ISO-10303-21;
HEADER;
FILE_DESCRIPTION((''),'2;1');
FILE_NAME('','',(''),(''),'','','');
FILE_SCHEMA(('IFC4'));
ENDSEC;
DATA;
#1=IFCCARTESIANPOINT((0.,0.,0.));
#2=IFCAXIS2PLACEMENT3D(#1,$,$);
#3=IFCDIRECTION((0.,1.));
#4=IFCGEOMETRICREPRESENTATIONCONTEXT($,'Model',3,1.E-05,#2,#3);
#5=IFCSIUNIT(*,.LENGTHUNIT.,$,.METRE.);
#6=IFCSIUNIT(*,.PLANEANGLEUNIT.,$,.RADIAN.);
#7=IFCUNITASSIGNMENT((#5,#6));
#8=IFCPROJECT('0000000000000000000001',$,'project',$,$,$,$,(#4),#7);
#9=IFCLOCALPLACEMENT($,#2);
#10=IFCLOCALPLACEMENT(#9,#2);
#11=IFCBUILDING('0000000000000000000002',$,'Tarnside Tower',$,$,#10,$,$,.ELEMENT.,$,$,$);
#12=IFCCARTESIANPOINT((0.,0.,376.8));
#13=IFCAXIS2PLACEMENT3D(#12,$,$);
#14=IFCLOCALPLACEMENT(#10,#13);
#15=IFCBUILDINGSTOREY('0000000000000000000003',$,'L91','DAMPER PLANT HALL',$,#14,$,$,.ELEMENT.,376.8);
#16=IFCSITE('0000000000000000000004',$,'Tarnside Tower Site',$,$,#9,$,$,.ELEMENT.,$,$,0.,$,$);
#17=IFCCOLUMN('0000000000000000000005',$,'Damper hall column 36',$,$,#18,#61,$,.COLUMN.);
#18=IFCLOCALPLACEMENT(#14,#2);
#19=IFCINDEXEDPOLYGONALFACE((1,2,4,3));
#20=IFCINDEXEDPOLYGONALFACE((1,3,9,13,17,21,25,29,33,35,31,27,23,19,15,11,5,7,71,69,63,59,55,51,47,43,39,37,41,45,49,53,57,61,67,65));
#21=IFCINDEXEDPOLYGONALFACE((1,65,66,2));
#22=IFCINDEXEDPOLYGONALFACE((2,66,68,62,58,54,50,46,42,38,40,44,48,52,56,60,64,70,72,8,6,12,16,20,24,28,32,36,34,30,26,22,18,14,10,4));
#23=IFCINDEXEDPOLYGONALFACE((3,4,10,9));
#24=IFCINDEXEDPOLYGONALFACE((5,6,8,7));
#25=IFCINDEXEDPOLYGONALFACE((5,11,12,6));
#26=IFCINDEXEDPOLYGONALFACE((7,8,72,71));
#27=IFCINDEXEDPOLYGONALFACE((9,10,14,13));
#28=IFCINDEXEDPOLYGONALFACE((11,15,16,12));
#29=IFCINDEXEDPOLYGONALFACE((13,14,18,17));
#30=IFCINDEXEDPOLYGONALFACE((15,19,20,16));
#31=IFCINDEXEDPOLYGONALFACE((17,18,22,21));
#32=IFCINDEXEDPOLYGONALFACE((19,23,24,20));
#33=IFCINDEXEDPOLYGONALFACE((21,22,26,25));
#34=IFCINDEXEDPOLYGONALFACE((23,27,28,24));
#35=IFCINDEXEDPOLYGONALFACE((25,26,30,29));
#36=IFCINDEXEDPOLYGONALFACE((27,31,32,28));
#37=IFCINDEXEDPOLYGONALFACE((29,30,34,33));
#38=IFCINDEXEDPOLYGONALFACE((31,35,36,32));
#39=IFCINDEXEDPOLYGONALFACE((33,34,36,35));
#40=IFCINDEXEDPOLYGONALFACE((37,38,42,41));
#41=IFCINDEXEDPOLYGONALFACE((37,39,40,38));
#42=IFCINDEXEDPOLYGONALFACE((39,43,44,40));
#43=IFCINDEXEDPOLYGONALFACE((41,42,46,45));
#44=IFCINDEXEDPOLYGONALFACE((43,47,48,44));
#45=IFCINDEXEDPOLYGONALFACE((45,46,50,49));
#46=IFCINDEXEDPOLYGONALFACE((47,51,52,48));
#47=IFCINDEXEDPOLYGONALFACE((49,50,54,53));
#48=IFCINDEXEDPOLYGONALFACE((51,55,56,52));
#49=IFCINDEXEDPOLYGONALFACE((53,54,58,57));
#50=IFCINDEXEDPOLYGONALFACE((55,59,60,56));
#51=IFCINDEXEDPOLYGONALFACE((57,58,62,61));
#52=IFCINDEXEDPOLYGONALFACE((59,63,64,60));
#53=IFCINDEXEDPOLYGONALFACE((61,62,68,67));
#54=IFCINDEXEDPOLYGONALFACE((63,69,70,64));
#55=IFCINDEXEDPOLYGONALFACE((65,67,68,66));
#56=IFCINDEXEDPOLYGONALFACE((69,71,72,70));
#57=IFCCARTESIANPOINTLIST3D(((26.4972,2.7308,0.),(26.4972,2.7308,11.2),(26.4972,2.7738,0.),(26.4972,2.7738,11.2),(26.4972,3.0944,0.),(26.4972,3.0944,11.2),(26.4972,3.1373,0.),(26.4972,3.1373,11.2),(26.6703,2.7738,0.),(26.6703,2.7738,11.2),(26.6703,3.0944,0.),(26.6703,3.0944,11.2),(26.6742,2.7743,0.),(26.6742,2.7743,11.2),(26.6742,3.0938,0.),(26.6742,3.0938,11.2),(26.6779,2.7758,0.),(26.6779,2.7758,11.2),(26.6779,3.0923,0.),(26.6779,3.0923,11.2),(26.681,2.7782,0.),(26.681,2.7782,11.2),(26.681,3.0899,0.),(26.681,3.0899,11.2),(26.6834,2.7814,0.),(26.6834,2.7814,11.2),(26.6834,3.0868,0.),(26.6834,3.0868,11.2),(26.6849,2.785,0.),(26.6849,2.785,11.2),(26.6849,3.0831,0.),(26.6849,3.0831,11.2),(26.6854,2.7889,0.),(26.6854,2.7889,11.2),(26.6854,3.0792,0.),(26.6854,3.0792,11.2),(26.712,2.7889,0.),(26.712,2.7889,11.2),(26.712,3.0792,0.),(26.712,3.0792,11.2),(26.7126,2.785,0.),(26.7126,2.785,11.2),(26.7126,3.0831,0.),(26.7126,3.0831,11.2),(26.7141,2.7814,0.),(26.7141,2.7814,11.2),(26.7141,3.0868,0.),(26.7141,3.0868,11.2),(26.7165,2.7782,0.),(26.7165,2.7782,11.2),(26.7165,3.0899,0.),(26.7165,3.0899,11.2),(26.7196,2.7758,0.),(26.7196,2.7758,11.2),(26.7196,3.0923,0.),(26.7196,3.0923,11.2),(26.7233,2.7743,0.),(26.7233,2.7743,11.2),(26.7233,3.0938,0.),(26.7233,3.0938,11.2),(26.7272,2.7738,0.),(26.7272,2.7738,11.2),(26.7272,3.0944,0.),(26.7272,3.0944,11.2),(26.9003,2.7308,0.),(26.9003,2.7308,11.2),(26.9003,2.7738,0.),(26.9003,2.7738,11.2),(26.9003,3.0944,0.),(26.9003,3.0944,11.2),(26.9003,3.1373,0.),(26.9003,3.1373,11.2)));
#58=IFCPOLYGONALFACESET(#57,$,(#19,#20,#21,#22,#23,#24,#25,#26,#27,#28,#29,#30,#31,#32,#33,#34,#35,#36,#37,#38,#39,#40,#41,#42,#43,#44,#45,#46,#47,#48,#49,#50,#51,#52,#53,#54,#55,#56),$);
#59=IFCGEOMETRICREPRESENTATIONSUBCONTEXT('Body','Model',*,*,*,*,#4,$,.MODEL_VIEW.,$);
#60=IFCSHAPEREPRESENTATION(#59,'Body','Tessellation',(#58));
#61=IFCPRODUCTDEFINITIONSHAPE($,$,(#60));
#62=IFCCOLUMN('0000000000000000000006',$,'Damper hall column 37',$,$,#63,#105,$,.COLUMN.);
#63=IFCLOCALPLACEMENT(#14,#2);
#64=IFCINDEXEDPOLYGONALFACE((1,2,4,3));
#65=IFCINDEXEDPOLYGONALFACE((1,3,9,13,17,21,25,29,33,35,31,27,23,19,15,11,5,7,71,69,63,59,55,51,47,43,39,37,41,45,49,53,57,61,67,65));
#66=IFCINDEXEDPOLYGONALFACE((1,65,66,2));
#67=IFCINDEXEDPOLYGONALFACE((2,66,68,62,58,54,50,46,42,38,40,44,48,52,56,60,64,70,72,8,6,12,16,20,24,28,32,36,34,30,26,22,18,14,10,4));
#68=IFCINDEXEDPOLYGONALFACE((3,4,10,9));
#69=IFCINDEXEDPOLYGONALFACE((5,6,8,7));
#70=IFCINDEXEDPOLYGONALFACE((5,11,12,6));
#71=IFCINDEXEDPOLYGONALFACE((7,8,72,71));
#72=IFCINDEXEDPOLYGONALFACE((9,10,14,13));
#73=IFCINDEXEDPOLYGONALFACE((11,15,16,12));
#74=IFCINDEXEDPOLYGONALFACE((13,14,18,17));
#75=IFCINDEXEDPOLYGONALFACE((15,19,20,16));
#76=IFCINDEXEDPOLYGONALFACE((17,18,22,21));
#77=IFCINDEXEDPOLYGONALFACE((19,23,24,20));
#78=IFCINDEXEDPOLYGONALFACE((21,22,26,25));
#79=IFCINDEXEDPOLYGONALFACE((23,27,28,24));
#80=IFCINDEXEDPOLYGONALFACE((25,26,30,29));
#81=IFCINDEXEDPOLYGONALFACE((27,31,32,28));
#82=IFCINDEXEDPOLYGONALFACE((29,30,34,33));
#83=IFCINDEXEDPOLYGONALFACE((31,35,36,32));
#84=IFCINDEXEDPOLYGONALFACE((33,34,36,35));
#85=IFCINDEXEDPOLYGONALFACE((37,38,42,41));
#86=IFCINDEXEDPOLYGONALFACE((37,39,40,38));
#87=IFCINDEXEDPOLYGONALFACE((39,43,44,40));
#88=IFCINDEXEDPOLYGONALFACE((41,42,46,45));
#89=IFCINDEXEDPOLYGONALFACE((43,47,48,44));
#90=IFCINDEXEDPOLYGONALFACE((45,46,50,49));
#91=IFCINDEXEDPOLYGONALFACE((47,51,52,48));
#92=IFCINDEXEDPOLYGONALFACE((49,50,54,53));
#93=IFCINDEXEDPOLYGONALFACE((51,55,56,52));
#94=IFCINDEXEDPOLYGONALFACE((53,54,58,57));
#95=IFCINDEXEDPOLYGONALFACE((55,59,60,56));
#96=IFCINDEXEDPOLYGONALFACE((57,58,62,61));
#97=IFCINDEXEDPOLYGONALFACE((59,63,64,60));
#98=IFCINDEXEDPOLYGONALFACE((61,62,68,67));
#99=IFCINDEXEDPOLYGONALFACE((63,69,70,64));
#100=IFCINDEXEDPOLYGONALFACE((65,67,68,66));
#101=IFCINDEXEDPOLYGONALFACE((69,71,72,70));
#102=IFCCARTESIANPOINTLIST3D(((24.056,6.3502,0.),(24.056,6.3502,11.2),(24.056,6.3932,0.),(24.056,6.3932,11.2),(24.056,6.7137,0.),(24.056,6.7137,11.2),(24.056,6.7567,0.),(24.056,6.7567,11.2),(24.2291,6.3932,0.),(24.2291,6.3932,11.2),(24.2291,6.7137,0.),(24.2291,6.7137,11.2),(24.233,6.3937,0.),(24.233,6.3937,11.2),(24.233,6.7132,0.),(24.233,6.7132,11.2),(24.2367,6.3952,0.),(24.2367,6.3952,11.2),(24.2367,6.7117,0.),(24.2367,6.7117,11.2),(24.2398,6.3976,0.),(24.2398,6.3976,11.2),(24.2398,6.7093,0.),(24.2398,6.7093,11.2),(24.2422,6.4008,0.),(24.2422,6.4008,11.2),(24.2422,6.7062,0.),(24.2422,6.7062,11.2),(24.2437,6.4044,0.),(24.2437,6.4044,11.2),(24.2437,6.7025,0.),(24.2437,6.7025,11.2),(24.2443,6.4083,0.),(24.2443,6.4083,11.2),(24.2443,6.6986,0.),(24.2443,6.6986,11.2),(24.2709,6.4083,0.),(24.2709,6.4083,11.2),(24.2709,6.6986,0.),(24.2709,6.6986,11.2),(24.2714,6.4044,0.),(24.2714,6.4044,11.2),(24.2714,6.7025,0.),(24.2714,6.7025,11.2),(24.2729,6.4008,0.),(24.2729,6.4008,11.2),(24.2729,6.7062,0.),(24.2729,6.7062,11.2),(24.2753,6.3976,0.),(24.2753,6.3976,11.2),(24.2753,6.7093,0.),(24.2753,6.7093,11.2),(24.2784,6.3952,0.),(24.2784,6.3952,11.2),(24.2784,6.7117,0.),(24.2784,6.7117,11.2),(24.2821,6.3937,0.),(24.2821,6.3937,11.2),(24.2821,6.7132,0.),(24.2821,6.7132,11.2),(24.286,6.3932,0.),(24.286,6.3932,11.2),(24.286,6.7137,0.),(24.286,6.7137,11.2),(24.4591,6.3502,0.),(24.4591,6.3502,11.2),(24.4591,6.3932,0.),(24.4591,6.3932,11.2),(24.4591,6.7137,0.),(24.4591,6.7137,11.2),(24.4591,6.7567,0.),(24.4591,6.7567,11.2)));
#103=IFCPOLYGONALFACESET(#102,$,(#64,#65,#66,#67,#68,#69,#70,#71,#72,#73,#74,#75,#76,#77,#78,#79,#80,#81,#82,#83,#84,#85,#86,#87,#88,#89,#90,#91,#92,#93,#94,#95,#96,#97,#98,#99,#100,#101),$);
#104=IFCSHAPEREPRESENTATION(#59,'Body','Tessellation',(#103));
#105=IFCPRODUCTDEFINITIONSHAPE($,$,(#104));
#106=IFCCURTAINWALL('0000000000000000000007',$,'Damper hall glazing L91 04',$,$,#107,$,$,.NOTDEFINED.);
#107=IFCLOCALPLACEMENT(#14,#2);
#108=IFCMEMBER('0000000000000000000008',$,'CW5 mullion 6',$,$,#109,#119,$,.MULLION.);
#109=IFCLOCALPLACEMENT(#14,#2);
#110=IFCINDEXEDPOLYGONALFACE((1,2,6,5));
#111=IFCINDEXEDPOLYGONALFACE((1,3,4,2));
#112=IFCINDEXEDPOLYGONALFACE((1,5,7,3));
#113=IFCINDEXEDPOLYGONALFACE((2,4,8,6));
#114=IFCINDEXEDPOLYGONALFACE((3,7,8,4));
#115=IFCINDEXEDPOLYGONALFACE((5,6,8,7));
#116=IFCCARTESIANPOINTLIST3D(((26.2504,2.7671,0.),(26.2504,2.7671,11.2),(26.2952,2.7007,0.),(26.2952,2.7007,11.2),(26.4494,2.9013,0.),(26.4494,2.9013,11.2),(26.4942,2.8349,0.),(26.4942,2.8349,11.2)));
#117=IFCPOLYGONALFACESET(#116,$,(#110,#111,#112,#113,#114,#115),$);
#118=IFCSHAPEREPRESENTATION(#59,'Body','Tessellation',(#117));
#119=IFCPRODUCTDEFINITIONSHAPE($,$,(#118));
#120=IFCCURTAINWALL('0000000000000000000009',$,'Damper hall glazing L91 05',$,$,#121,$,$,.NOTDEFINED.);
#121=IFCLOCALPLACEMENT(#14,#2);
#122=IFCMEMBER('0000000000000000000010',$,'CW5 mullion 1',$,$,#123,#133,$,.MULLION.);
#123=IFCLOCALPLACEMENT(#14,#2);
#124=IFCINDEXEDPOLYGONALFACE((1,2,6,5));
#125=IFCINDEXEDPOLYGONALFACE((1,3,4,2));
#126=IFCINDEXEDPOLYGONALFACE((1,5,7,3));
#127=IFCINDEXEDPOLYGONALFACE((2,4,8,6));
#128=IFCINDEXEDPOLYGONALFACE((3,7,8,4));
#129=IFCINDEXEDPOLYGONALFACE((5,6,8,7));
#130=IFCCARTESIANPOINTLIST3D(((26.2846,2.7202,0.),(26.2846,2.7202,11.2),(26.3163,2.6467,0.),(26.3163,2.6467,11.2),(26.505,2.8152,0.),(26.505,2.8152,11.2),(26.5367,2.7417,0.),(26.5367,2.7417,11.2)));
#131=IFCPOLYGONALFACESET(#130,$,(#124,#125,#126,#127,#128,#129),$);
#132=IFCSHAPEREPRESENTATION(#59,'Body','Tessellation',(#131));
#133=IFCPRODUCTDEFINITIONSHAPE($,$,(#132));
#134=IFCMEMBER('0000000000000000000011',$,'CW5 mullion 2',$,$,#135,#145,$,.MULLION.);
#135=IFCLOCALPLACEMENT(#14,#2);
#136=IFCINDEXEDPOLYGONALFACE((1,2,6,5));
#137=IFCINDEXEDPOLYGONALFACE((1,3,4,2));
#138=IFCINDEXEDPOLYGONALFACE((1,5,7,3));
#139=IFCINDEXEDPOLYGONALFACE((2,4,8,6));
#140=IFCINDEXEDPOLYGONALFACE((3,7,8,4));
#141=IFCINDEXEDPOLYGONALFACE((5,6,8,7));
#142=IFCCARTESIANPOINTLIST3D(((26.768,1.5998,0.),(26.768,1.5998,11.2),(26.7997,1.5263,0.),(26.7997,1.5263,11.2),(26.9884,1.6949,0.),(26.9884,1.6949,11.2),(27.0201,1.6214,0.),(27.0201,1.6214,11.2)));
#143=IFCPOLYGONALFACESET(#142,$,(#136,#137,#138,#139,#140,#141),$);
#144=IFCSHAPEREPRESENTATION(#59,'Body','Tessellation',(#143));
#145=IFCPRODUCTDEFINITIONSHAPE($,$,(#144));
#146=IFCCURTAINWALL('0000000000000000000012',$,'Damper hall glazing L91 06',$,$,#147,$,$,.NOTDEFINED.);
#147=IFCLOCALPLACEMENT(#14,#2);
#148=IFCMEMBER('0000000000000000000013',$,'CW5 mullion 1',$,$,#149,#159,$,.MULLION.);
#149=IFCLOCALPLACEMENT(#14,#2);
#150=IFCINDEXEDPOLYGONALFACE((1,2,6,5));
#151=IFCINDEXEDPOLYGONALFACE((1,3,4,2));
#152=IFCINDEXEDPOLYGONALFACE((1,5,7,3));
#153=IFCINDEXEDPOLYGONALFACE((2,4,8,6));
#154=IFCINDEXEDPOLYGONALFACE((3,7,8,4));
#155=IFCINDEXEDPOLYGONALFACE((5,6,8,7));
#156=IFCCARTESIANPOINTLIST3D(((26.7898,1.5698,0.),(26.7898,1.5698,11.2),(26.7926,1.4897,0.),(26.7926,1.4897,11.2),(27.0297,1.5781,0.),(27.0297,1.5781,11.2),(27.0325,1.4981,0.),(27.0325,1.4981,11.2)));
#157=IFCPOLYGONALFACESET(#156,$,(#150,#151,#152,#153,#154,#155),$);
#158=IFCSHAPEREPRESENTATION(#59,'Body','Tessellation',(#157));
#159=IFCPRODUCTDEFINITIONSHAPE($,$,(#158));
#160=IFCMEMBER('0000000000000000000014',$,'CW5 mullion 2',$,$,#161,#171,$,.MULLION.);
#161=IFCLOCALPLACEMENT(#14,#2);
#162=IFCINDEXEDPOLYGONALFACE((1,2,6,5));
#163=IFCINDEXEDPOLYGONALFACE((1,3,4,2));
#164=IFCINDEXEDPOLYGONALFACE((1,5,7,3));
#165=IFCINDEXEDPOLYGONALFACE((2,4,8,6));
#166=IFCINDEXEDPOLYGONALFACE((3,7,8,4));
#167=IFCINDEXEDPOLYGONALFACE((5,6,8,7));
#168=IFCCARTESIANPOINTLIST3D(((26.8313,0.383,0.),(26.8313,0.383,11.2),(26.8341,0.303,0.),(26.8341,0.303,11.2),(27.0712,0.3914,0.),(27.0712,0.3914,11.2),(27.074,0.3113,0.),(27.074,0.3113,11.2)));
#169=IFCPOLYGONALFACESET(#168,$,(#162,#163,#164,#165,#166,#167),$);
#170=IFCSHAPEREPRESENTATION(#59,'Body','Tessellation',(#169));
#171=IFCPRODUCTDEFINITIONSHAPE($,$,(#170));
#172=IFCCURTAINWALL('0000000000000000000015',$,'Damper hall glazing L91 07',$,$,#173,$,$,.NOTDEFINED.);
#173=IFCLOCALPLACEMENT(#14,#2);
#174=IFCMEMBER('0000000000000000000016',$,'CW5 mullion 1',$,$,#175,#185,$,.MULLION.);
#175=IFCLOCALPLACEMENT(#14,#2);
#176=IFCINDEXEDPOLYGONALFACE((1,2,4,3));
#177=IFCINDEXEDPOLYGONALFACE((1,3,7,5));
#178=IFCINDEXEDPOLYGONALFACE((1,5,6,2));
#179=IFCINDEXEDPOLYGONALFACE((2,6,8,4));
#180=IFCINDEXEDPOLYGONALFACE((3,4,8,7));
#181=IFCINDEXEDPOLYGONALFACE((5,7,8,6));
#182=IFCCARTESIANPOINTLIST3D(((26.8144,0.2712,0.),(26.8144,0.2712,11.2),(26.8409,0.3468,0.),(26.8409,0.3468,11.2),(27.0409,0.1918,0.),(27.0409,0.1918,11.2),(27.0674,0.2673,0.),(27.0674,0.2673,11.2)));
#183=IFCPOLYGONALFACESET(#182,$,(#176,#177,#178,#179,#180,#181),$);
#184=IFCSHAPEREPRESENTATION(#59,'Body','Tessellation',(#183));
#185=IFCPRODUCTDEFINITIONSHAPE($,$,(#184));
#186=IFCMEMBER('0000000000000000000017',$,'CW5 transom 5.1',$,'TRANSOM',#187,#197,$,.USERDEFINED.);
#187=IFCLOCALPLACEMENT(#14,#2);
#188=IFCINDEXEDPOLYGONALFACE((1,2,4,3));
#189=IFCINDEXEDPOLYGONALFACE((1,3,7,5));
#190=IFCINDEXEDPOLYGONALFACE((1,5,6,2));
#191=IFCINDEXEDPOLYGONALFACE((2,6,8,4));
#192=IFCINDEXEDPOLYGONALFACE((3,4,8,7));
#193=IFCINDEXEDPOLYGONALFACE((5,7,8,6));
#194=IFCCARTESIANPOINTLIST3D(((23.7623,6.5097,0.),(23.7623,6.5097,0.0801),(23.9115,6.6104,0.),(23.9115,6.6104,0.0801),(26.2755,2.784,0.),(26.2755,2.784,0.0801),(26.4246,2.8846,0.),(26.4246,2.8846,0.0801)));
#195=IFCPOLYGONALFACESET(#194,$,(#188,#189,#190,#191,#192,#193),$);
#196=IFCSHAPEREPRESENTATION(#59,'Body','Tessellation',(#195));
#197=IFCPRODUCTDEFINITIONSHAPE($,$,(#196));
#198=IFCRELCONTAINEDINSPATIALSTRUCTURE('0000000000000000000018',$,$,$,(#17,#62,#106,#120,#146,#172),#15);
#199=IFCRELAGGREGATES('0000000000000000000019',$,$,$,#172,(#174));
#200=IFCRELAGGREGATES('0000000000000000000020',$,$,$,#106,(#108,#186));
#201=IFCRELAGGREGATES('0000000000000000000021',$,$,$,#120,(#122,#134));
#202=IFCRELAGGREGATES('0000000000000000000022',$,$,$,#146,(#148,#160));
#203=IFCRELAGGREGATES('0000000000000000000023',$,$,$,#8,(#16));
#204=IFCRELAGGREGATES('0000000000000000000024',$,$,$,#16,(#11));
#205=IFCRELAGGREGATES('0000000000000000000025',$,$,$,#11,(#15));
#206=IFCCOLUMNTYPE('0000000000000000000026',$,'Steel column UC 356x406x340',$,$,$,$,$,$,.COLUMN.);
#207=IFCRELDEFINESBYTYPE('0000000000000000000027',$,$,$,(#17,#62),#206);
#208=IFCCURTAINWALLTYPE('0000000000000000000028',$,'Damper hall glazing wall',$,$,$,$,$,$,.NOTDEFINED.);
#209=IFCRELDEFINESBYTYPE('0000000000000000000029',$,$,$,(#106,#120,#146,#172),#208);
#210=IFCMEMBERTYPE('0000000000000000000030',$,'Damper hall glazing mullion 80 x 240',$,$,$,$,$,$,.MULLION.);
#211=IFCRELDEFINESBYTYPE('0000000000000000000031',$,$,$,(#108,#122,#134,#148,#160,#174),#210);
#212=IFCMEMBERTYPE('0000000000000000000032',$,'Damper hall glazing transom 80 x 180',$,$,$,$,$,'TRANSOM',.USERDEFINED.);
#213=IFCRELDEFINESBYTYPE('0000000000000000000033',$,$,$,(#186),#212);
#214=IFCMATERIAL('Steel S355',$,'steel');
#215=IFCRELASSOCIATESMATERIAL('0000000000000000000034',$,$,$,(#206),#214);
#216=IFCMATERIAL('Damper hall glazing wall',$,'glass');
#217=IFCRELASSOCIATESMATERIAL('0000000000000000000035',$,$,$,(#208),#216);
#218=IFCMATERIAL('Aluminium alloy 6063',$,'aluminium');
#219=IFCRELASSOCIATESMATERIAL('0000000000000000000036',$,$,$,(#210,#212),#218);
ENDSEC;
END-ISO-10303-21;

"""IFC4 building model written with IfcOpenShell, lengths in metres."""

from ifc_helpers import new_model, si_unit, direction, frame, origin, origin_2d, place, context, subcontext, project, spatial, rectangle, i_section, extrude, material, material_profile, profile_set, type_object, element, aggregate, save


model = new_model("IFC4")

# Units and contexts
model_context = context("Model", 3, precision=1e-05, world=origin(), true_north=direction((0.0, 1.0)))
body_context = subcontext(model_context, "Body", "Model", "MODEL_VIEW")
ifc_project = project(units=[si_unit("LENGTHUNIT", "METRE"), si_unit("PLANEANGLEUNIT", "RADIAN")], contexts=[model_context])

# Site, building, storey
site_placement = place(None, origin())
site = spatial("IfcSite", under=ifc_project, at=site_placement, Name="Tarnside Tower Site", CompositionType="ELEMENT", RefElevation=0.0)
building_placement = place(site_placement, origin())
building = spatial("IfcBuilding", under=site, at=building_placement, Name="Tarnside Tower", CompositionType="ELEMENT")
storey_placement = place(building_placement, frame((0.0, 0.0, 376.8)))
storey = spatial("IfcBuildingStorey", under=building, at=storey_placement, Name="L91", Description="DAMPER PLANT HALL", CompositionType="ELEMENT", Elevation=376.8)

# Columns
ifc_material_1 = material(Name="Steel S355", Category="steel")
ifc_material_profile_1 = material_profile(ifc_material_1, i_section(OverallWidth=0.4031, OverallDepth=0.4065, WebThickness=0.0266, FlangeThickness=0.043, FilletRadius=0.0151, at=origin_2d()), Name="UC 356x406x340")
ifc_profile_set_1 = profile_set([ifc_material_profile_1], Name="Steel S355")
column_type = type_object("IfcColumnType", Name="Steel column UC 356x406x340", PredefinedType="COLUMN", material=ifc_profile_set_1)
for number, where, z_axis, x_axis, name in (
    (1, (26.6987, 2.9341, 0.0), (0.0, 0.0, 1.0), (1.0, 0.0, 0.0), "Damper hall column 36"),
    (2, (24.2576, 6.5535, 0.0), (0.0, 0.0, 1.0), (1.0, 0.0, 0.0), "Damper hall column 37"),
):
    element("IfcColumn", number, at=place(storey_placement, frame(where, z_axis=z_axis, x_axis=x_axis)), inside=storey, type_object=column_type, Name=name, PredefinedType="COLUMN", context=body_context, shape_type="SweptSolid", body=[
        extrude(i_section(OverallWidth=0.4031, OverallDepth=0.4065, WebThickness=0.0266, FlangeThickness=0.043, FilletRadius=0.0151, at=origin_2d()), origin(), (0.0, 0.0, 1.0), 11.2),
    ])

# Curtain wall, member
ifc_material_2 = material(Name="Damper hall glazing wall", Category="glass")
curtain_wall_type = type_object("IfcCurtainWallType", Name="Damper hall glazing wall", PredefinedType="NOTDEFINED", material=ifc_material_2)
curtain_wall_1_placement = place(storey_placement, origin())
curtain_wall_1 = element("IfcCurtainWall", 3, at=curtain_wall_1_placement, inside=storey, type_object=curtain_wall_type, Name="Damper hall glazing L91 04", PredefinedType="NOTDEFINED")
ifc_material_3 = material(Name="Aluminium alloy 6063", Category="aluminium")
ifc_material_profile_2 = material_profile(ifc_material_3, rectangle(XDim=0.24, YDim=0.0801, at=origin_2d()), Name="Damper hall glazing mullion 80 x 240")
ifc_profile_set_2 = profile_set([ifc_material_profile_2], Name="Aluminium alloy 6063")
member_type_1 = type_object("IfcMemberType", Name="Damper hall glazing mullion 80 x 240", PredefinedType="MULLION", material=ifc_profile_set_2)
member_1_placement = place(storey_placement, frame((26.3723, 2.801, 0.0), z_axis=(0.0, 0.0, 1.0), x_axis=(0.829038, 0.559193, 0.0)))
member_1 = element("IfcMember", 4, at=member_1_placement, type_object=member_type_1, Name="CW5 mullion 6", PredefinedType="MULLION", context=body_context, shape_type="SweptSolid", body=[
    extrude(rectangle(XDim=0.24, YDim=0.0801, at=origin_2d()), origin(), (0.0, 0.0, 1.0), 11.2),
])

# Curtain walls, members
curtain_wall_2_placement = place(storey_placement, origin())
curtain_wall_2 = element("IfcCurtainWall", 5, at=curtain_wall_2_placement, inside=storey, type_object=curtain_wall_type, Name="Damper hall glazing L91 05", PredefinedType="NOTDEFINED")
member_2_placement = place(storey_placement, frame((26.4106, 2.731, 0.0), z_axis=(0.0, 0.0, 1.0), x_axis=(0.918216, 0.39608, 0.0)))
member_2 = element("IfcMember", 6, at=member_2_placement, type_object=member_type_1, Name="CW5 mullion 1", PredefinedType="MULLION", context=body_context, shape_type="SweptSolid", body=[
    extrude(rectangle(XDim=0.24, YDim=0.0801, at=origin_2d()), origin(), (0.0, 0.0, 1.0), 11.2),
])
member_3_placement = place(storey_placement, frame((26.894, 1.6106, 0.0), z_axis=(0.0, 0.0, 1.0), x_axis=(0.918216, 0.39608, 0.0)))
member_3 = element("IfcMember", 7, at=member_3_placement, type_object=member_type_1, Name="CW5 mullion 2", PredefinedType="MULLION", context=body_context, shape_type="SweptSolid", body=[
    extrude(rectangle(XDim=0.24, YDim=0.0801, at=origin_2d()), origin(), (0.0, 0.0, 1.0), 11.2),
])
curtain_wall_3_placement = place(storey_placement, origin())
curtain_wall_3 = element("IfcCurtainWall", 8, at=curtain_wall_3_placement, inside=storey, type_object=curtain_wall_type, Name="Damper hall glazing L91 06", PredefinedType="NOTDEFINED")
member_4_placement = place(storey_placement, frame((26.9111, 1.5339, 0.0), z_axis=(0.0, 0.0, 1.0), x_axis=(0.999391, 0.034899, 0.0)))
member_4 = element("IfcMember", 9, at=member_4_placement, type_object=member_type_1, Name="CW5 mullion 1", PredefinedType="MULLION", context=body_context, shape_type="SweptSolid", body=[
    extrude(rectangle(XDim=0.24, YDim=0.0801, at=origin_2d()), origin(), (0.0, 0.0, 1.0), 11.2),
])
member_5_placement = place(storey_placement, frame((26.9526, 0.3472, 0.0), z_axis=(0.0, 0.0, 1.0), x_axis=(0.999391, 0.034899, 0.0)))
member_5 = element("IfcMember", 10, at=member_5_placement, type_object=member_type_1, Name="CW5 mullion 2", PredefinedType="MULLION", context=body_context, shape_type="SweptSolid", body=[
    extrude(rectangle(XDim=0.24, YDim=0.0801, at=origin_2d()), origin(), (0.0, 0.0, 1.0), 11.2),
])

# Curtain wall, member
curtain_wall_4_placement = place(storey_placement, origin())
curtain_wall_4 = element("IfcCurtainWall", 11, at=curtain_wall_4_placement, inside=storey, type_object=curtain_wall_type, Name="Damper hall glazing L91 07", PredefinedType="NOTDEFINED")
member_6_placement = place(storey_placement, frame((26.9409, 0.2693, 0.0), z_axis=(0.0, 0.0, 1.0), x_axis=(0.943609, -0.331063, 0.0)))
member_6 = element("IfcMember", 12, at=member_6_placement, type_object=member_type_1, Name="CW5 mullion 1", PredefinedType="MULLION", context=body_context, shape_type="SweptSolid", body=[
    extrude(rectangle(XDim=0.24, YDim=0.0801, at=origin_2d()), origin(), (0.0, 0.0, 1.0), 11.2),
])

# Member
ifc_material_profile_3 = material_profile(ifc_material_3, rectangle(XDim=0.1799, YDim=0.0801, at=origin_2d()), Name="Damper hall glazing transom 80 x 180")
ifc_profile_set_3 = profile_set([ifc_material_profile_3], Name="Aluminium alloy 6063")
member_type_2 = type_object("IfcMemberType", Name="Damper hall glazing transom 80 x 180", ElementType="TRANSOM", PredefinedType="USERDEFINED", material=ifc_profile_set_3)
member_7_placement = place(storey_placement, frame((23.8369, 6.5601, 0.04), z_axis=(0.559205, -0.829029, 0.0), x_axis=(0.829029, 0.559205, 0.0)))
member_7 = element("IfcMember", 13, at=member_7_placement, type_object=member_type_2, Name="CW5 transom 5.1", ObjectType="TRANSOM", PredefinedType="USERDEFINED", context=body_context, shape_type="SweptSolid", body=[
    extrude(rectangle(XDim=0.1799, YDim=0.0801, at=origin_2d()), origin(), (0.0, 0.0, 1.0), 4.4941),
])
aggregate(curtain_wall_4, [member_6])

aggregate(curtain_wall_1, [member_1, member_7])
aggregate(curtain_wall_2, [member_2, member_3])
aggregate(curtain_wall_3, [member_4, member_5])

save(model, "model.ifc")
